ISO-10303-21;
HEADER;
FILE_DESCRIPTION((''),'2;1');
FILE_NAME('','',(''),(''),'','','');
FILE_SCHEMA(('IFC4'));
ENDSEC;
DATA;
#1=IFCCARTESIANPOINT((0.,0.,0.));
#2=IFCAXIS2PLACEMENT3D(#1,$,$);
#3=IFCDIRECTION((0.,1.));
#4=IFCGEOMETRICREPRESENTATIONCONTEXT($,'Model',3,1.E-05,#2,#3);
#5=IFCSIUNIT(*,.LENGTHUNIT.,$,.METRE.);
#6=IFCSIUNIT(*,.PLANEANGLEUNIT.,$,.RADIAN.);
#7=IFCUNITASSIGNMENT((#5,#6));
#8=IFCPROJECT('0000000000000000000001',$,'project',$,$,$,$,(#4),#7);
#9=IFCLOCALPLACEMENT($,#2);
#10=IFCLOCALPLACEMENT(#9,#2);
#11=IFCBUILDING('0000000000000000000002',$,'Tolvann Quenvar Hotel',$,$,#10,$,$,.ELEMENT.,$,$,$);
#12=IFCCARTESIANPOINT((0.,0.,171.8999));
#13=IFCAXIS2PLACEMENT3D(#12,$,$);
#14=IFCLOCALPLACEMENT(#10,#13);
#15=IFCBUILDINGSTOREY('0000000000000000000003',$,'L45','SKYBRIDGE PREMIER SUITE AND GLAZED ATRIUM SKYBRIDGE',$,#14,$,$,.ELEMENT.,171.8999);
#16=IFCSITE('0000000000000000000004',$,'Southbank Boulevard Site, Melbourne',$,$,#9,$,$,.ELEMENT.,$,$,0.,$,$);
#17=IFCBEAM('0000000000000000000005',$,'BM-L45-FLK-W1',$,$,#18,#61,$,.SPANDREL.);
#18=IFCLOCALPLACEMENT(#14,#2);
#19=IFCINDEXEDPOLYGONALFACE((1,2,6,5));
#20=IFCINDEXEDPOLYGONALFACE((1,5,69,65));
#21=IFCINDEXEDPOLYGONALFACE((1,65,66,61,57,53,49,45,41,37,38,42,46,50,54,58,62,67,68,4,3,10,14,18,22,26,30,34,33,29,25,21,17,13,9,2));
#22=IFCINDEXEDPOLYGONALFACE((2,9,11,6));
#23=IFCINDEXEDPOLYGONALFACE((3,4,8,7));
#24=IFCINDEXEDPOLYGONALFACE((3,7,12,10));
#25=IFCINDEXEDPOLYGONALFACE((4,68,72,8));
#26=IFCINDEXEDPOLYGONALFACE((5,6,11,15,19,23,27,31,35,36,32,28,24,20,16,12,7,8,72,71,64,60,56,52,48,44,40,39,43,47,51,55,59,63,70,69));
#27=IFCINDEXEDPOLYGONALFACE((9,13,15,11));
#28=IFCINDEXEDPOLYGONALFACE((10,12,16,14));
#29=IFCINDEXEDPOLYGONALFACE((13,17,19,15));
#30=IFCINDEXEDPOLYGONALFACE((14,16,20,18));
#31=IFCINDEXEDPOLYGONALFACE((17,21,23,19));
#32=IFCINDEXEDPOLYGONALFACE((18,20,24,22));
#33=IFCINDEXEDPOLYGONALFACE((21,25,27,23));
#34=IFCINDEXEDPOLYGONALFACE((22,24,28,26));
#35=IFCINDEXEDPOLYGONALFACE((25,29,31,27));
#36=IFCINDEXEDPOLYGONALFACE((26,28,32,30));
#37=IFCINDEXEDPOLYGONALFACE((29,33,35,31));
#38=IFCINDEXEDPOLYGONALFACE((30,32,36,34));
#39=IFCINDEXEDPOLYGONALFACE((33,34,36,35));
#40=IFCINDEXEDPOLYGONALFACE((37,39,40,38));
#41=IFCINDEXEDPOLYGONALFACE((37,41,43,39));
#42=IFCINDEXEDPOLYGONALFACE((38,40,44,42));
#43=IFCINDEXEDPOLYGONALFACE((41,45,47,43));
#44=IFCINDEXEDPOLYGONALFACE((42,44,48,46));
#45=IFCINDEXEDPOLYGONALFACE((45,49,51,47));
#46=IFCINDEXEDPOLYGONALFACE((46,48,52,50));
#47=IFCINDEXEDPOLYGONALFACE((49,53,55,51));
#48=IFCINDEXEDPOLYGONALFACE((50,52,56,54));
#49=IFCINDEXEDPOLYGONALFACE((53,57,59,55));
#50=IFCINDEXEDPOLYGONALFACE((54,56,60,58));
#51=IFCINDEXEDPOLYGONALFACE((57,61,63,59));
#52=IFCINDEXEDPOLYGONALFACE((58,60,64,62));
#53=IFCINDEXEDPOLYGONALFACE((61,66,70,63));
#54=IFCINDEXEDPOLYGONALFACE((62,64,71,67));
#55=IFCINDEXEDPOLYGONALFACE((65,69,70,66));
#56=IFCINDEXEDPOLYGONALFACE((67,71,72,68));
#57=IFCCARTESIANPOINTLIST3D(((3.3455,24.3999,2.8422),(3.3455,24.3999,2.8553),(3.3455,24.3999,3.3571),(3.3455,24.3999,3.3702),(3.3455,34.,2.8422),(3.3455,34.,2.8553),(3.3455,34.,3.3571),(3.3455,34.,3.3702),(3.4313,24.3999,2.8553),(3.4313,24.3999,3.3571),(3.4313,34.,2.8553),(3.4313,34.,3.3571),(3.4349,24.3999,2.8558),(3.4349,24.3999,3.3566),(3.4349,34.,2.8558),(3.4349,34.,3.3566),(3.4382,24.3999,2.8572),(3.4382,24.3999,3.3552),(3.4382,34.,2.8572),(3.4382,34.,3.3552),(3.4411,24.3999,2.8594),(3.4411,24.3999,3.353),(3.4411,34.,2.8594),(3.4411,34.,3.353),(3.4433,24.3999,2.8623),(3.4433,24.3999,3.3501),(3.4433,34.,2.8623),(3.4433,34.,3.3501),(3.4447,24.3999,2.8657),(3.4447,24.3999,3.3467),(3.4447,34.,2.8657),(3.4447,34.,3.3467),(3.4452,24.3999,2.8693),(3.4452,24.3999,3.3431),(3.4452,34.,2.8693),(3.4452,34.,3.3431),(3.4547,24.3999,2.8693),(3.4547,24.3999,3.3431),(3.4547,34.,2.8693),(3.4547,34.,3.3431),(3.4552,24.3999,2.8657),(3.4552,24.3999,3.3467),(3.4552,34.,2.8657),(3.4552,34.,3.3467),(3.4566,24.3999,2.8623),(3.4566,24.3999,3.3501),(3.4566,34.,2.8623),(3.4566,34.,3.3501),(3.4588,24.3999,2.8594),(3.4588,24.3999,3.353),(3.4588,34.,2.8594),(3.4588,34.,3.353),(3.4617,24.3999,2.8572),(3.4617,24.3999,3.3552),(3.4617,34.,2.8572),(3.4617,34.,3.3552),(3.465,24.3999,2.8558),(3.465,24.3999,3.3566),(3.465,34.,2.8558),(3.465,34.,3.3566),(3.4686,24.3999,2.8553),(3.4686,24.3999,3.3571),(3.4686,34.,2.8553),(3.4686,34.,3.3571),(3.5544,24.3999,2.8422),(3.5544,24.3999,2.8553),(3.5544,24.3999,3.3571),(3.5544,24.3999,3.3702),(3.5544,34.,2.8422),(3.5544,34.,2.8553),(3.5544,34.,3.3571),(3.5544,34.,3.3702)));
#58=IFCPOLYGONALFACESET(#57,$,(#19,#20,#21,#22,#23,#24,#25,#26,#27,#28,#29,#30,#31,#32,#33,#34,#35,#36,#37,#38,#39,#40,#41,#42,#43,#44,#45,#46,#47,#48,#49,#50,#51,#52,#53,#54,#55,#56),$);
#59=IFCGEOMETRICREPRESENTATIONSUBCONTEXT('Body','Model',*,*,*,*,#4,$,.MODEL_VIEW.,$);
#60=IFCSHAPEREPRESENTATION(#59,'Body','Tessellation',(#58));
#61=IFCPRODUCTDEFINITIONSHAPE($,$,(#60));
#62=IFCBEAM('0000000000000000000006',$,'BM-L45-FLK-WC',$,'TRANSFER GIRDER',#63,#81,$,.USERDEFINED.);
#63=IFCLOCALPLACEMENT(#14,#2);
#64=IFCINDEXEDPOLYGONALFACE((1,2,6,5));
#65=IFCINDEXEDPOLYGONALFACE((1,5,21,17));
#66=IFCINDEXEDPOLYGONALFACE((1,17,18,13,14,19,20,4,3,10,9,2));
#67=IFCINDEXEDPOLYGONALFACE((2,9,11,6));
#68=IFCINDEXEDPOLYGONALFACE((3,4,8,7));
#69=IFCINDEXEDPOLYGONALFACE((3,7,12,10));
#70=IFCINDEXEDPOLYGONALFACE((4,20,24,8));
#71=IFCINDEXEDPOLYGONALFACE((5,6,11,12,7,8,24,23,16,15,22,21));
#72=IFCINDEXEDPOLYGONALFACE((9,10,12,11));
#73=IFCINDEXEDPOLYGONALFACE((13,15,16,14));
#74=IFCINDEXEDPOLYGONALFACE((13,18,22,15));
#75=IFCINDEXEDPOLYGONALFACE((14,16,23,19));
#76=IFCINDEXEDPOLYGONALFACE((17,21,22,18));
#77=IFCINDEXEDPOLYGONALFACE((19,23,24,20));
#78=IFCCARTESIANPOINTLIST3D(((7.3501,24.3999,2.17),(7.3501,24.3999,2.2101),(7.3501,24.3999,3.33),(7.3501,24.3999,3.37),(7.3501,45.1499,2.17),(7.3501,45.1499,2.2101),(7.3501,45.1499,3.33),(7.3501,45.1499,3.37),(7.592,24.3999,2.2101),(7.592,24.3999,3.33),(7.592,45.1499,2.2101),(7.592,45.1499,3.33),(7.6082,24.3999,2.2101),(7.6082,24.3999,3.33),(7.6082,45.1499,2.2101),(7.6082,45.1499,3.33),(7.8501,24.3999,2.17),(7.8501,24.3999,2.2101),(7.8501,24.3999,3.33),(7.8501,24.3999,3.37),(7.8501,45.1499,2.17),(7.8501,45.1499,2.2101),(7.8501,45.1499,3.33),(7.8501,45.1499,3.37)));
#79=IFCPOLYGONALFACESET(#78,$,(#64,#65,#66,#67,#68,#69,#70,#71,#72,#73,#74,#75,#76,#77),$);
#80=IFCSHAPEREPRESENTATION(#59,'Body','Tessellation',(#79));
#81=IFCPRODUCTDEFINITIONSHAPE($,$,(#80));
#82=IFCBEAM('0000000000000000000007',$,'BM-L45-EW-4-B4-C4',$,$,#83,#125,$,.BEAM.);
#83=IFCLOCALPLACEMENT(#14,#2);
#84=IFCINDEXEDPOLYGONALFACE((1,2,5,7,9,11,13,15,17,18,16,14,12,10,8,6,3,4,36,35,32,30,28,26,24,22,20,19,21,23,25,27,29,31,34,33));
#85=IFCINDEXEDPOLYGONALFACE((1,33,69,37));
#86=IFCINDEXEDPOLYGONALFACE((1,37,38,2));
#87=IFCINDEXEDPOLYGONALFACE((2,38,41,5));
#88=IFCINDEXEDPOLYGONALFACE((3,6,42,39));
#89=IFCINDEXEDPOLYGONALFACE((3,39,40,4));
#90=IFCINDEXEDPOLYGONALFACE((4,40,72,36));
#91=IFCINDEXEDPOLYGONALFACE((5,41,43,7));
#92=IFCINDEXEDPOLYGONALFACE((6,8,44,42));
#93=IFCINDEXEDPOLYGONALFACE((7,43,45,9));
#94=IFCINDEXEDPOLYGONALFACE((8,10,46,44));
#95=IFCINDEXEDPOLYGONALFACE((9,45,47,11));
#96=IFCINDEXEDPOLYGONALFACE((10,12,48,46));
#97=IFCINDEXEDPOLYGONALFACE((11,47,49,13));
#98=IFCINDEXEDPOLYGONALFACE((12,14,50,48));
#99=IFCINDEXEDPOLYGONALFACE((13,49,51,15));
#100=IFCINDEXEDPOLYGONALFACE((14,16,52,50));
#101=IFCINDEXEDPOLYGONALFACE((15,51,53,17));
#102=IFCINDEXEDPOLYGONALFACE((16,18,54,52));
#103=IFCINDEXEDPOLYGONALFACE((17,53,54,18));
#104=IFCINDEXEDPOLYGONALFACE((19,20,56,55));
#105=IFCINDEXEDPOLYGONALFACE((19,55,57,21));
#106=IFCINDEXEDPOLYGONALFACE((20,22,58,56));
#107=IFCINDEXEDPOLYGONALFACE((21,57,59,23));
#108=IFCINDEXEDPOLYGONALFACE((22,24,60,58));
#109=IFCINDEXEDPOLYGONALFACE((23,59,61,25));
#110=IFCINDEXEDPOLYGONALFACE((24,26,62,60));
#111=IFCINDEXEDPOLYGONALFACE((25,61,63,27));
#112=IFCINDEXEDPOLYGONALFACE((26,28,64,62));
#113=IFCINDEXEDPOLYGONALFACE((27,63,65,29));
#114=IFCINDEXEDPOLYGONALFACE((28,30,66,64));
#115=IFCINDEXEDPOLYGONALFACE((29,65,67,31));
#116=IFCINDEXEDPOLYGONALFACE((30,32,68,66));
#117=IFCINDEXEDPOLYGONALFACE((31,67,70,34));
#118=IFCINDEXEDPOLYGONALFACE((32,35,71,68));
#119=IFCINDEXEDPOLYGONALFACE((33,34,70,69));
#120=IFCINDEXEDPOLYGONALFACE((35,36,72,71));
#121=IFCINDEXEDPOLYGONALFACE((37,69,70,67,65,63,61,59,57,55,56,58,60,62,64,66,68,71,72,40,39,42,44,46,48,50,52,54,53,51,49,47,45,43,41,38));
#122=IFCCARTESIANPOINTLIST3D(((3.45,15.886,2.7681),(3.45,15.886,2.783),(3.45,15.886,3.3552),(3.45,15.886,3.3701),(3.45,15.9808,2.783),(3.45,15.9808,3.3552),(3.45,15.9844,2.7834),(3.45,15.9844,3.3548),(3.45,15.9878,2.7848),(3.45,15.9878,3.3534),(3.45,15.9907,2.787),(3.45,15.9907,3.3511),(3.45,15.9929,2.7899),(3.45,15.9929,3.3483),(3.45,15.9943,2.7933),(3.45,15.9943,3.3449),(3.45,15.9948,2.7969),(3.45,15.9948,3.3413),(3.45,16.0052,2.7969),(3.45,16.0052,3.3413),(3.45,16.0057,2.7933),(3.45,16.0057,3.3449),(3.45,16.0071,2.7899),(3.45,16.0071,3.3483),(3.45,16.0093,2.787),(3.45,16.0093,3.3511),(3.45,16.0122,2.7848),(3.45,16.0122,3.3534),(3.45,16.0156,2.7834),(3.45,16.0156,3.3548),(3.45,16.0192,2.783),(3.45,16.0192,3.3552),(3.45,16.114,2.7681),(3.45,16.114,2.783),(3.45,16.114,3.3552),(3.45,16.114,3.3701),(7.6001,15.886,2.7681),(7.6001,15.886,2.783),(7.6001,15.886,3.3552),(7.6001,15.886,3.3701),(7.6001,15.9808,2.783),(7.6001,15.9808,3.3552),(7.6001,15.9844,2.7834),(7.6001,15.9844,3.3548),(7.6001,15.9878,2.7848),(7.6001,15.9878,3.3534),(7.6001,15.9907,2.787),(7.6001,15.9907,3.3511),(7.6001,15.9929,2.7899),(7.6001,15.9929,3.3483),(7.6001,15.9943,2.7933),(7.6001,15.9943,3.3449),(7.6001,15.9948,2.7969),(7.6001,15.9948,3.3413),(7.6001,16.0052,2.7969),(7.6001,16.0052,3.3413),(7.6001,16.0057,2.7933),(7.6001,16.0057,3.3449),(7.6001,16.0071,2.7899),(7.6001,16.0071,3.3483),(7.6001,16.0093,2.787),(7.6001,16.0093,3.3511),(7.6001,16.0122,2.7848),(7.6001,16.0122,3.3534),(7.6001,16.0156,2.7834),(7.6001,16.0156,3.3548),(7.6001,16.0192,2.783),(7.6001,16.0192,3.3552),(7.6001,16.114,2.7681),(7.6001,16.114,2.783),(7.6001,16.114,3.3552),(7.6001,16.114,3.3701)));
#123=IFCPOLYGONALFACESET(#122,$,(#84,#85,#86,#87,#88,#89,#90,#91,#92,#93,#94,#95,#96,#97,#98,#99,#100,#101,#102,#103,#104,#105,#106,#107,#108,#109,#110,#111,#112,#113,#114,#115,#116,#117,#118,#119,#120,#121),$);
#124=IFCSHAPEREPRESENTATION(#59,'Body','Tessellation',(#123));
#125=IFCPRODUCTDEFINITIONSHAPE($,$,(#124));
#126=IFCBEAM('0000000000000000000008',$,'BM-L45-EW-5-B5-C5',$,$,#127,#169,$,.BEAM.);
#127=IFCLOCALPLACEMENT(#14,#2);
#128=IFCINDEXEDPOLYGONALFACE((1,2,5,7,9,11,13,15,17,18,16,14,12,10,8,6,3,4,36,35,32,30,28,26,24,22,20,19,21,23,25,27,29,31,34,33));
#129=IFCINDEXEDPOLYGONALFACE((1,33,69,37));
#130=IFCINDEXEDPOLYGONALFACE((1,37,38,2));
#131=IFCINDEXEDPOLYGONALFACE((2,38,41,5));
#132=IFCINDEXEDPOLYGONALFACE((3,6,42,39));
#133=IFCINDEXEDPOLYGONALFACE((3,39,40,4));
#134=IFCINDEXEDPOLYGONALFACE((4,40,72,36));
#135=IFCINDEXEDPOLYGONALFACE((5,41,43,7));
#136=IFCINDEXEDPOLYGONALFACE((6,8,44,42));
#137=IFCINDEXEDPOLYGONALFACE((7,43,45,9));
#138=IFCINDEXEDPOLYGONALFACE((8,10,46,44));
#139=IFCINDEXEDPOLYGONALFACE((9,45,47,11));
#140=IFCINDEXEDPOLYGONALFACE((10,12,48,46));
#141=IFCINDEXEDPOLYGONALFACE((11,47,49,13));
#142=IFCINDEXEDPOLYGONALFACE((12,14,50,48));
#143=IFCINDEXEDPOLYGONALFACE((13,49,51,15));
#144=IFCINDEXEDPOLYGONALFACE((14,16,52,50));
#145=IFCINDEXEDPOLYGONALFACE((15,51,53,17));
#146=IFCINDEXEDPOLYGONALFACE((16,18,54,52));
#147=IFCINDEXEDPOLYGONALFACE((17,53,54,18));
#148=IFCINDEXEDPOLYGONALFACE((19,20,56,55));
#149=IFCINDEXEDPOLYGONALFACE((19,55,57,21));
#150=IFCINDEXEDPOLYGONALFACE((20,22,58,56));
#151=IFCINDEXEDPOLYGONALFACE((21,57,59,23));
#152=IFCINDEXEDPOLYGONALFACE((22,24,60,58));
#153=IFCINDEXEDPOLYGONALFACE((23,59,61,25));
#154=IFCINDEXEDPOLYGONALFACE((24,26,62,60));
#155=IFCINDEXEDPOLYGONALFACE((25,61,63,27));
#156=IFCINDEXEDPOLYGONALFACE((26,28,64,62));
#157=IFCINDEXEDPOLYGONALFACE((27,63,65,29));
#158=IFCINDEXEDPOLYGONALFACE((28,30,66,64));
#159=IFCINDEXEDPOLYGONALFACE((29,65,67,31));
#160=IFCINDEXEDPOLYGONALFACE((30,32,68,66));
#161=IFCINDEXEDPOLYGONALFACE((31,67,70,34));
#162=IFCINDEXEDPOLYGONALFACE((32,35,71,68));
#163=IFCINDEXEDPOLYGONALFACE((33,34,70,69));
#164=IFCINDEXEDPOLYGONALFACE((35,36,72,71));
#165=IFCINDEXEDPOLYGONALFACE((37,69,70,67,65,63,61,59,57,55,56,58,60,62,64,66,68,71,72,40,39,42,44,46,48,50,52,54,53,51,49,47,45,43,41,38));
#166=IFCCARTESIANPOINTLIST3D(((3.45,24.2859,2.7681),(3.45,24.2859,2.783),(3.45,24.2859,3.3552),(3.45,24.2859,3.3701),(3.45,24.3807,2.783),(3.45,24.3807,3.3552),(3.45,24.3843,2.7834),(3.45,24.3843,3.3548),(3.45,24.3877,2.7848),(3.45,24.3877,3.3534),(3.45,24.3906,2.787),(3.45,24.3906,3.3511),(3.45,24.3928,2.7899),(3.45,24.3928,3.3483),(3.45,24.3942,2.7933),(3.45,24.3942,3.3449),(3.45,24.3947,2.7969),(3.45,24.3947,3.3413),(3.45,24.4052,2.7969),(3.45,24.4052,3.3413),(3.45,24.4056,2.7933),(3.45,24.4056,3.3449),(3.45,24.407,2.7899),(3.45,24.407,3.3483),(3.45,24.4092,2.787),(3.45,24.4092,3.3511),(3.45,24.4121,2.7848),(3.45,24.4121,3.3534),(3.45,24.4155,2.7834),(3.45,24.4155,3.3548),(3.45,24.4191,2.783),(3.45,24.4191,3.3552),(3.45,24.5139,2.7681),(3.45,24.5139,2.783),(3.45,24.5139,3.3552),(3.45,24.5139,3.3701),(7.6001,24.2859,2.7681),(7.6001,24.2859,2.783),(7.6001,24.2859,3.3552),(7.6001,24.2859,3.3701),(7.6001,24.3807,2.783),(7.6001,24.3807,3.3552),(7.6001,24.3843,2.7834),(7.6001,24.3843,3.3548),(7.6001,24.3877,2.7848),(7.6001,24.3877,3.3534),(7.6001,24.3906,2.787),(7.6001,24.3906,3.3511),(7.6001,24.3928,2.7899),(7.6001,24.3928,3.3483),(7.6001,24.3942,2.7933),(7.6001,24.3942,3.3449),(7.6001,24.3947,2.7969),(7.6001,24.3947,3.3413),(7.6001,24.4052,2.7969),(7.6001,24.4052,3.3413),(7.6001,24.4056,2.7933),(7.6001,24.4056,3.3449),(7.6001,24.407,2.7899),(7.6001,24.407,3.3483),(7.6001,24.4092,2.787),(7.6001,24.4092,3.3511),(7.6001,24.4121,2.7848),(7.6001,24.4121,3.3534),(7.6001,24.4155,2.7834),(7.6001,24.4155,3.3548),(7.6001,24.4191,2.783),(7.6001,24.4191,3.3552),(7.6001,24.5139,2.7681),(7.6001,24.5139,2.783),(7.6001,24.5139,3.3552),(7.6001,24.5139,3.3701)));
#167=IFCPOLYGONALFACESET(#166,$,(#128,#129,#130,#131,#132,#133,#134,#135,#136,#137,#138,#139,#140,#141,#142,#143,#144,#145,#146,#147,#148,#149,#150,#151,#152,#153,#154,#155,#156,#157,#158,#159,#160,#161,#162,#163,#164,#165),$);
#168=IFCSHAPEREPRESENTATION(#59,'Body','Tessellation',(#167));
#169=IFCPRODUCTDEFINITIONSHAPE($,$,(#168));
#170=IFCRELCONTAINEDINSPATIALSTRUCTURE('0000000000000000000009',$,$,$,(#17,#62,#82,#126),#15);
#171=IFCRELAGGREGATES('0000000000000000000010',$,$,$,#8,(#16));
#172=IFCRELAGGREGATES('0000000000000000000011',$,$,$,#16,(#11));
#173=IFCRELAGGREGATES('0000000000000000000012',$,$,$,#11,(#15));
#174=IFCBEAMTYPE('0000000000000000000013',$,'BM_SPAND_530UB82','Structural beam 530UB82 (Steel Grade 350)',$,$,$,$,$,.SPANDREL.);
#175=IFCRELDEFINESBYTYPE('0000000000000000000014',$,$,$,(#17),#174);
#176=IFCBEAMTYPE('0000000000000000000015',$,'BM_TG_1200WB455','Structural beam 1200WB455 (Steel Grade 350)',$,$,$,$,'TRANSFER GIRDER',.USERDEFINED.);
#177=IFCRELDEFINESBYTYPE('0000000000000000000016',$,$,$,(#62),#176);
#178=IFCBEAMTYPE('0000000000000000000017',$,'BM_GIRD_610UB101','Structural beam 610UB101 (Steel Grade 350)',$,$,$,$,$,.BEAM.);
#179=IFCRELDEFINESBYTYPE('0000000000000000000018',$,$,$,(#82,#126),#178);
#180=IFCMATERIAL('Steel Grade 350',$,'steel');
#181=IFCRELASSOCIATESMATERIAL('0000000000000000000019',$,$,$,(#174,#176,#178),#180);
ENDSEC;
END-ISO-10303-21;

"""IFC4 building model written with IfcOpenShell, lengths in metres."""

from ifc_helpers import new_model, si_unit, direction, frame, origin, origin_2d, place, context, subcontext, project, spatial, i_section, extrude, source, transform, mapped, material, material_profile, profile_set, type_object, type_shapes, element, save


model = new_model("IFC4")

# Units and contexts
model_context = context("Model", 3, precision=1e-05, world=origin(), true_north=direction((0.0, 1.0)))
body_context = subcontext(model_context, "Body", "Model", "MODEL_VIEW")
ifc_project = project(units=[si_unit("LENGTHUNIT", "METRE"), si_unit("PLANEANGLEUNIT", "RADIAN")], contexts=[model_context])

# Site, building, storey
site_placement = place(None, origin())
site = spatial("IfcSite", under=ifc_project, at=site_placement, Name="Southbank Boulevard Site, Melbourne", CompositionType="ELEMENT", RefElevation=0.0)
building_placement = place(site_placement, origin())
building = spatial("IfcBuilding", under=site, at=building_placement, Name="Tolvann Quenvar Hotel", CompositionType="ELEMENT")
storey_placement = place(building_placement, frame((0.0, 0.0, 171.8999)))
storey = spatial("IfcBuildingStorey", under=building, at=storey_placement, Name="L45", Description="SKYBRIDGE PREMIER SUITE AND GLAZED ATRIUM SKYBRIDGE", CompositionType="ELEMENT", Elevation=171.8999)

# Shared definitions
ifc_material_1 = material(Name="Steel Grade 350", Category="steel")

# Beams
ifc_material_profile_1 = material_profile(ifc_material_1, i_section(OverallWidth=0.209, OverallDepth=0.5281, WebThickness=0.0095, FlangeThickness=0.0132, FilletRadius=0.0139, at=origin_2d()), Name="530UB82")
ifc_profile_set_1 = profile_set([ifc_material_profile_1], Name="Steel Grade 350")
beam_type_1 = type_object("IfcBeamType", Name="BM_SPAND_530UB82", Description="Structural beam 530UB82 (Steel Grade 350)", PredefinedType="SPANDREL", material=ifc_profile_set_1)
shared_shape_1 = source(origin(), body_context, "Body", "SweptSolid", [
    extrude(i_section(OverallWidth=0.209, OverallDepth=0.5281, WebThickness=0.0095, FlangeThickness=0.0132, FilletRadius=0.0139, at=origin_2d()), origin(), (0.0, 0.0, 1.0), 9.6001),
])
beam_1_placement = place(storey_placement, frame((3.45, 24.3999, 3.1062), z_axis=(0.0, 1.0, 0.0), x_axis=(-1.0, 0.0, 0.0)))
element("IfcBeam", 1, at=beam_1_placement, inside=storey, type_object=beam_type_1, Name="BM-L45-FLK-W1", PredefinedType="SPANDREL", context=body_context, shape_type="MappedRepresentation", body=[
    mapped(shared_shape_1, transform((0.0, 0.0, 0.0), x_axis=(1.0, 0.0, 0.0), y_axis=(0.0, 1.0, 0.0), z_axis=(0.0, 0.0, 1.0), scale=1.0)),
])
ifc_material_profile_2 = material_profile(ifc_material_1, i_section(OverallWidth=0.5, OverallDepth=1.2, WebThickness=0.0161, FlangeThickness=0.04, at=origin_2d()), Name="1200WB455")
ifc_profile_set_2 = profile_set([ifc_material_profile_2], Name="Steel Grade 350")
beam_type_2 = type_object("IfcBeamType", Name="BM_TG_1200WB455", Description="Structural beam 1200WB455 (Steel Grade 350)", ElementType="TRANSFER GIRDER", PredefinedType="USERDEFINED", material=ifc_profile_set_2)
shared_shape_2 = source(origin(), body_context, "Body", "SweptSolid", [
    extrude(i_section(OverallWidth=0.5, OverallDepth=1.2, WebThickness=0.0161, FlangeThickness=0.04, at=origin_2d()), origin(), (0.0, 0.0, 1.0), 20.75),
])
type_shapes(beam_type_2, [shared_shape_2])
beam_2_placement = place(storey_placement, frame((7.6001, 24.3999, 2.77), z_axis=(0.0, 1.0, 0.0), x_axis=(-1.0, 0.0, 0.0)))
element("IfcBeam", 2, at=beam_2_placement, inside=storey, type_object=beam_type_2, Name="BM-L45-FLK-WC", ObjectType="TRANSFER GIRDER", PredefinedType="USERDEFINED", context=body_context, shape_type="MappedRepresentation", body=[
    mapped(shared_shape_2, transform((0.0, 0.0, 0.0), x_axis=(1.0, 0.0, 0.0), y_axis=(0.0, 1.0, 0.0), z_axis=(0.0, 0.0, 1.0), scale=1.0)),
])
ifc_material_profile_3 = material_profile(ifc_material_1, i_section(OverallWidth=0.228, OverallDepth=0.6021, WebThickness=0.0105, FlangeThickness=0.0149, FilletRadius=0.0139, at=origin_2d()), Name="610UB101")
ifc_profile_set_3 = profile_set([ifc_material_profile_3], Name="Steel Grade 350")
beam_type_3 = type_object("IfcBeamType", Name="BM_GIRD_610UB101", Description="Structural beam 610UB101 (Steel Grade 350)", PredefinedType="BEAM", material=ifc_profile_set_3)
shared_shape_3 = source(origin(), body_context, "Body", "SweptSolid", [
    extrude(i_section(OverallWidth=0.228, OverallDepth=0.6021, WebThickness=0.0105, FlangeThickness=0.0149, FilletRadius=0.0139, at=origin_2d()), origin(), (0.0, 0.0, 1.0), 4.1501),
])
for number, where, z_axis, x_axis, name in (
    (3, (3.45, 16.0, 3.0691), (1.0, 0.0, 0.0), (0.0, 1.0, 0.0), "BM-L45-EW-4-B4-C4"),
    (4, (3.45, 24.3999, 3.0691), (1.0, 0.0, 0.0), (0.0, 1.0, 0.0), "BM-L45-EW-5-B5-C5"),
):
    element("IfcBeam", number, at=place(storey_placement, frame(where, z_axis=z_axis, x_axis=x_axis)), inside=storey, type_object=beam_type_3, Name=name, PredefinedType="BEAM", context=body_context, shape_type="MappedRepresentation", body=[
        mapped(shared_shape_3, transform((0.0, 0.0, 0.0), x_axis=(1.0, 0.0, 0.0), y_axis=(0.0, 1.0, 0.0), z_axis=(0.0, 0.0, 1.0), scale=1.0)),
    ])

save(model, "model.ifc")
